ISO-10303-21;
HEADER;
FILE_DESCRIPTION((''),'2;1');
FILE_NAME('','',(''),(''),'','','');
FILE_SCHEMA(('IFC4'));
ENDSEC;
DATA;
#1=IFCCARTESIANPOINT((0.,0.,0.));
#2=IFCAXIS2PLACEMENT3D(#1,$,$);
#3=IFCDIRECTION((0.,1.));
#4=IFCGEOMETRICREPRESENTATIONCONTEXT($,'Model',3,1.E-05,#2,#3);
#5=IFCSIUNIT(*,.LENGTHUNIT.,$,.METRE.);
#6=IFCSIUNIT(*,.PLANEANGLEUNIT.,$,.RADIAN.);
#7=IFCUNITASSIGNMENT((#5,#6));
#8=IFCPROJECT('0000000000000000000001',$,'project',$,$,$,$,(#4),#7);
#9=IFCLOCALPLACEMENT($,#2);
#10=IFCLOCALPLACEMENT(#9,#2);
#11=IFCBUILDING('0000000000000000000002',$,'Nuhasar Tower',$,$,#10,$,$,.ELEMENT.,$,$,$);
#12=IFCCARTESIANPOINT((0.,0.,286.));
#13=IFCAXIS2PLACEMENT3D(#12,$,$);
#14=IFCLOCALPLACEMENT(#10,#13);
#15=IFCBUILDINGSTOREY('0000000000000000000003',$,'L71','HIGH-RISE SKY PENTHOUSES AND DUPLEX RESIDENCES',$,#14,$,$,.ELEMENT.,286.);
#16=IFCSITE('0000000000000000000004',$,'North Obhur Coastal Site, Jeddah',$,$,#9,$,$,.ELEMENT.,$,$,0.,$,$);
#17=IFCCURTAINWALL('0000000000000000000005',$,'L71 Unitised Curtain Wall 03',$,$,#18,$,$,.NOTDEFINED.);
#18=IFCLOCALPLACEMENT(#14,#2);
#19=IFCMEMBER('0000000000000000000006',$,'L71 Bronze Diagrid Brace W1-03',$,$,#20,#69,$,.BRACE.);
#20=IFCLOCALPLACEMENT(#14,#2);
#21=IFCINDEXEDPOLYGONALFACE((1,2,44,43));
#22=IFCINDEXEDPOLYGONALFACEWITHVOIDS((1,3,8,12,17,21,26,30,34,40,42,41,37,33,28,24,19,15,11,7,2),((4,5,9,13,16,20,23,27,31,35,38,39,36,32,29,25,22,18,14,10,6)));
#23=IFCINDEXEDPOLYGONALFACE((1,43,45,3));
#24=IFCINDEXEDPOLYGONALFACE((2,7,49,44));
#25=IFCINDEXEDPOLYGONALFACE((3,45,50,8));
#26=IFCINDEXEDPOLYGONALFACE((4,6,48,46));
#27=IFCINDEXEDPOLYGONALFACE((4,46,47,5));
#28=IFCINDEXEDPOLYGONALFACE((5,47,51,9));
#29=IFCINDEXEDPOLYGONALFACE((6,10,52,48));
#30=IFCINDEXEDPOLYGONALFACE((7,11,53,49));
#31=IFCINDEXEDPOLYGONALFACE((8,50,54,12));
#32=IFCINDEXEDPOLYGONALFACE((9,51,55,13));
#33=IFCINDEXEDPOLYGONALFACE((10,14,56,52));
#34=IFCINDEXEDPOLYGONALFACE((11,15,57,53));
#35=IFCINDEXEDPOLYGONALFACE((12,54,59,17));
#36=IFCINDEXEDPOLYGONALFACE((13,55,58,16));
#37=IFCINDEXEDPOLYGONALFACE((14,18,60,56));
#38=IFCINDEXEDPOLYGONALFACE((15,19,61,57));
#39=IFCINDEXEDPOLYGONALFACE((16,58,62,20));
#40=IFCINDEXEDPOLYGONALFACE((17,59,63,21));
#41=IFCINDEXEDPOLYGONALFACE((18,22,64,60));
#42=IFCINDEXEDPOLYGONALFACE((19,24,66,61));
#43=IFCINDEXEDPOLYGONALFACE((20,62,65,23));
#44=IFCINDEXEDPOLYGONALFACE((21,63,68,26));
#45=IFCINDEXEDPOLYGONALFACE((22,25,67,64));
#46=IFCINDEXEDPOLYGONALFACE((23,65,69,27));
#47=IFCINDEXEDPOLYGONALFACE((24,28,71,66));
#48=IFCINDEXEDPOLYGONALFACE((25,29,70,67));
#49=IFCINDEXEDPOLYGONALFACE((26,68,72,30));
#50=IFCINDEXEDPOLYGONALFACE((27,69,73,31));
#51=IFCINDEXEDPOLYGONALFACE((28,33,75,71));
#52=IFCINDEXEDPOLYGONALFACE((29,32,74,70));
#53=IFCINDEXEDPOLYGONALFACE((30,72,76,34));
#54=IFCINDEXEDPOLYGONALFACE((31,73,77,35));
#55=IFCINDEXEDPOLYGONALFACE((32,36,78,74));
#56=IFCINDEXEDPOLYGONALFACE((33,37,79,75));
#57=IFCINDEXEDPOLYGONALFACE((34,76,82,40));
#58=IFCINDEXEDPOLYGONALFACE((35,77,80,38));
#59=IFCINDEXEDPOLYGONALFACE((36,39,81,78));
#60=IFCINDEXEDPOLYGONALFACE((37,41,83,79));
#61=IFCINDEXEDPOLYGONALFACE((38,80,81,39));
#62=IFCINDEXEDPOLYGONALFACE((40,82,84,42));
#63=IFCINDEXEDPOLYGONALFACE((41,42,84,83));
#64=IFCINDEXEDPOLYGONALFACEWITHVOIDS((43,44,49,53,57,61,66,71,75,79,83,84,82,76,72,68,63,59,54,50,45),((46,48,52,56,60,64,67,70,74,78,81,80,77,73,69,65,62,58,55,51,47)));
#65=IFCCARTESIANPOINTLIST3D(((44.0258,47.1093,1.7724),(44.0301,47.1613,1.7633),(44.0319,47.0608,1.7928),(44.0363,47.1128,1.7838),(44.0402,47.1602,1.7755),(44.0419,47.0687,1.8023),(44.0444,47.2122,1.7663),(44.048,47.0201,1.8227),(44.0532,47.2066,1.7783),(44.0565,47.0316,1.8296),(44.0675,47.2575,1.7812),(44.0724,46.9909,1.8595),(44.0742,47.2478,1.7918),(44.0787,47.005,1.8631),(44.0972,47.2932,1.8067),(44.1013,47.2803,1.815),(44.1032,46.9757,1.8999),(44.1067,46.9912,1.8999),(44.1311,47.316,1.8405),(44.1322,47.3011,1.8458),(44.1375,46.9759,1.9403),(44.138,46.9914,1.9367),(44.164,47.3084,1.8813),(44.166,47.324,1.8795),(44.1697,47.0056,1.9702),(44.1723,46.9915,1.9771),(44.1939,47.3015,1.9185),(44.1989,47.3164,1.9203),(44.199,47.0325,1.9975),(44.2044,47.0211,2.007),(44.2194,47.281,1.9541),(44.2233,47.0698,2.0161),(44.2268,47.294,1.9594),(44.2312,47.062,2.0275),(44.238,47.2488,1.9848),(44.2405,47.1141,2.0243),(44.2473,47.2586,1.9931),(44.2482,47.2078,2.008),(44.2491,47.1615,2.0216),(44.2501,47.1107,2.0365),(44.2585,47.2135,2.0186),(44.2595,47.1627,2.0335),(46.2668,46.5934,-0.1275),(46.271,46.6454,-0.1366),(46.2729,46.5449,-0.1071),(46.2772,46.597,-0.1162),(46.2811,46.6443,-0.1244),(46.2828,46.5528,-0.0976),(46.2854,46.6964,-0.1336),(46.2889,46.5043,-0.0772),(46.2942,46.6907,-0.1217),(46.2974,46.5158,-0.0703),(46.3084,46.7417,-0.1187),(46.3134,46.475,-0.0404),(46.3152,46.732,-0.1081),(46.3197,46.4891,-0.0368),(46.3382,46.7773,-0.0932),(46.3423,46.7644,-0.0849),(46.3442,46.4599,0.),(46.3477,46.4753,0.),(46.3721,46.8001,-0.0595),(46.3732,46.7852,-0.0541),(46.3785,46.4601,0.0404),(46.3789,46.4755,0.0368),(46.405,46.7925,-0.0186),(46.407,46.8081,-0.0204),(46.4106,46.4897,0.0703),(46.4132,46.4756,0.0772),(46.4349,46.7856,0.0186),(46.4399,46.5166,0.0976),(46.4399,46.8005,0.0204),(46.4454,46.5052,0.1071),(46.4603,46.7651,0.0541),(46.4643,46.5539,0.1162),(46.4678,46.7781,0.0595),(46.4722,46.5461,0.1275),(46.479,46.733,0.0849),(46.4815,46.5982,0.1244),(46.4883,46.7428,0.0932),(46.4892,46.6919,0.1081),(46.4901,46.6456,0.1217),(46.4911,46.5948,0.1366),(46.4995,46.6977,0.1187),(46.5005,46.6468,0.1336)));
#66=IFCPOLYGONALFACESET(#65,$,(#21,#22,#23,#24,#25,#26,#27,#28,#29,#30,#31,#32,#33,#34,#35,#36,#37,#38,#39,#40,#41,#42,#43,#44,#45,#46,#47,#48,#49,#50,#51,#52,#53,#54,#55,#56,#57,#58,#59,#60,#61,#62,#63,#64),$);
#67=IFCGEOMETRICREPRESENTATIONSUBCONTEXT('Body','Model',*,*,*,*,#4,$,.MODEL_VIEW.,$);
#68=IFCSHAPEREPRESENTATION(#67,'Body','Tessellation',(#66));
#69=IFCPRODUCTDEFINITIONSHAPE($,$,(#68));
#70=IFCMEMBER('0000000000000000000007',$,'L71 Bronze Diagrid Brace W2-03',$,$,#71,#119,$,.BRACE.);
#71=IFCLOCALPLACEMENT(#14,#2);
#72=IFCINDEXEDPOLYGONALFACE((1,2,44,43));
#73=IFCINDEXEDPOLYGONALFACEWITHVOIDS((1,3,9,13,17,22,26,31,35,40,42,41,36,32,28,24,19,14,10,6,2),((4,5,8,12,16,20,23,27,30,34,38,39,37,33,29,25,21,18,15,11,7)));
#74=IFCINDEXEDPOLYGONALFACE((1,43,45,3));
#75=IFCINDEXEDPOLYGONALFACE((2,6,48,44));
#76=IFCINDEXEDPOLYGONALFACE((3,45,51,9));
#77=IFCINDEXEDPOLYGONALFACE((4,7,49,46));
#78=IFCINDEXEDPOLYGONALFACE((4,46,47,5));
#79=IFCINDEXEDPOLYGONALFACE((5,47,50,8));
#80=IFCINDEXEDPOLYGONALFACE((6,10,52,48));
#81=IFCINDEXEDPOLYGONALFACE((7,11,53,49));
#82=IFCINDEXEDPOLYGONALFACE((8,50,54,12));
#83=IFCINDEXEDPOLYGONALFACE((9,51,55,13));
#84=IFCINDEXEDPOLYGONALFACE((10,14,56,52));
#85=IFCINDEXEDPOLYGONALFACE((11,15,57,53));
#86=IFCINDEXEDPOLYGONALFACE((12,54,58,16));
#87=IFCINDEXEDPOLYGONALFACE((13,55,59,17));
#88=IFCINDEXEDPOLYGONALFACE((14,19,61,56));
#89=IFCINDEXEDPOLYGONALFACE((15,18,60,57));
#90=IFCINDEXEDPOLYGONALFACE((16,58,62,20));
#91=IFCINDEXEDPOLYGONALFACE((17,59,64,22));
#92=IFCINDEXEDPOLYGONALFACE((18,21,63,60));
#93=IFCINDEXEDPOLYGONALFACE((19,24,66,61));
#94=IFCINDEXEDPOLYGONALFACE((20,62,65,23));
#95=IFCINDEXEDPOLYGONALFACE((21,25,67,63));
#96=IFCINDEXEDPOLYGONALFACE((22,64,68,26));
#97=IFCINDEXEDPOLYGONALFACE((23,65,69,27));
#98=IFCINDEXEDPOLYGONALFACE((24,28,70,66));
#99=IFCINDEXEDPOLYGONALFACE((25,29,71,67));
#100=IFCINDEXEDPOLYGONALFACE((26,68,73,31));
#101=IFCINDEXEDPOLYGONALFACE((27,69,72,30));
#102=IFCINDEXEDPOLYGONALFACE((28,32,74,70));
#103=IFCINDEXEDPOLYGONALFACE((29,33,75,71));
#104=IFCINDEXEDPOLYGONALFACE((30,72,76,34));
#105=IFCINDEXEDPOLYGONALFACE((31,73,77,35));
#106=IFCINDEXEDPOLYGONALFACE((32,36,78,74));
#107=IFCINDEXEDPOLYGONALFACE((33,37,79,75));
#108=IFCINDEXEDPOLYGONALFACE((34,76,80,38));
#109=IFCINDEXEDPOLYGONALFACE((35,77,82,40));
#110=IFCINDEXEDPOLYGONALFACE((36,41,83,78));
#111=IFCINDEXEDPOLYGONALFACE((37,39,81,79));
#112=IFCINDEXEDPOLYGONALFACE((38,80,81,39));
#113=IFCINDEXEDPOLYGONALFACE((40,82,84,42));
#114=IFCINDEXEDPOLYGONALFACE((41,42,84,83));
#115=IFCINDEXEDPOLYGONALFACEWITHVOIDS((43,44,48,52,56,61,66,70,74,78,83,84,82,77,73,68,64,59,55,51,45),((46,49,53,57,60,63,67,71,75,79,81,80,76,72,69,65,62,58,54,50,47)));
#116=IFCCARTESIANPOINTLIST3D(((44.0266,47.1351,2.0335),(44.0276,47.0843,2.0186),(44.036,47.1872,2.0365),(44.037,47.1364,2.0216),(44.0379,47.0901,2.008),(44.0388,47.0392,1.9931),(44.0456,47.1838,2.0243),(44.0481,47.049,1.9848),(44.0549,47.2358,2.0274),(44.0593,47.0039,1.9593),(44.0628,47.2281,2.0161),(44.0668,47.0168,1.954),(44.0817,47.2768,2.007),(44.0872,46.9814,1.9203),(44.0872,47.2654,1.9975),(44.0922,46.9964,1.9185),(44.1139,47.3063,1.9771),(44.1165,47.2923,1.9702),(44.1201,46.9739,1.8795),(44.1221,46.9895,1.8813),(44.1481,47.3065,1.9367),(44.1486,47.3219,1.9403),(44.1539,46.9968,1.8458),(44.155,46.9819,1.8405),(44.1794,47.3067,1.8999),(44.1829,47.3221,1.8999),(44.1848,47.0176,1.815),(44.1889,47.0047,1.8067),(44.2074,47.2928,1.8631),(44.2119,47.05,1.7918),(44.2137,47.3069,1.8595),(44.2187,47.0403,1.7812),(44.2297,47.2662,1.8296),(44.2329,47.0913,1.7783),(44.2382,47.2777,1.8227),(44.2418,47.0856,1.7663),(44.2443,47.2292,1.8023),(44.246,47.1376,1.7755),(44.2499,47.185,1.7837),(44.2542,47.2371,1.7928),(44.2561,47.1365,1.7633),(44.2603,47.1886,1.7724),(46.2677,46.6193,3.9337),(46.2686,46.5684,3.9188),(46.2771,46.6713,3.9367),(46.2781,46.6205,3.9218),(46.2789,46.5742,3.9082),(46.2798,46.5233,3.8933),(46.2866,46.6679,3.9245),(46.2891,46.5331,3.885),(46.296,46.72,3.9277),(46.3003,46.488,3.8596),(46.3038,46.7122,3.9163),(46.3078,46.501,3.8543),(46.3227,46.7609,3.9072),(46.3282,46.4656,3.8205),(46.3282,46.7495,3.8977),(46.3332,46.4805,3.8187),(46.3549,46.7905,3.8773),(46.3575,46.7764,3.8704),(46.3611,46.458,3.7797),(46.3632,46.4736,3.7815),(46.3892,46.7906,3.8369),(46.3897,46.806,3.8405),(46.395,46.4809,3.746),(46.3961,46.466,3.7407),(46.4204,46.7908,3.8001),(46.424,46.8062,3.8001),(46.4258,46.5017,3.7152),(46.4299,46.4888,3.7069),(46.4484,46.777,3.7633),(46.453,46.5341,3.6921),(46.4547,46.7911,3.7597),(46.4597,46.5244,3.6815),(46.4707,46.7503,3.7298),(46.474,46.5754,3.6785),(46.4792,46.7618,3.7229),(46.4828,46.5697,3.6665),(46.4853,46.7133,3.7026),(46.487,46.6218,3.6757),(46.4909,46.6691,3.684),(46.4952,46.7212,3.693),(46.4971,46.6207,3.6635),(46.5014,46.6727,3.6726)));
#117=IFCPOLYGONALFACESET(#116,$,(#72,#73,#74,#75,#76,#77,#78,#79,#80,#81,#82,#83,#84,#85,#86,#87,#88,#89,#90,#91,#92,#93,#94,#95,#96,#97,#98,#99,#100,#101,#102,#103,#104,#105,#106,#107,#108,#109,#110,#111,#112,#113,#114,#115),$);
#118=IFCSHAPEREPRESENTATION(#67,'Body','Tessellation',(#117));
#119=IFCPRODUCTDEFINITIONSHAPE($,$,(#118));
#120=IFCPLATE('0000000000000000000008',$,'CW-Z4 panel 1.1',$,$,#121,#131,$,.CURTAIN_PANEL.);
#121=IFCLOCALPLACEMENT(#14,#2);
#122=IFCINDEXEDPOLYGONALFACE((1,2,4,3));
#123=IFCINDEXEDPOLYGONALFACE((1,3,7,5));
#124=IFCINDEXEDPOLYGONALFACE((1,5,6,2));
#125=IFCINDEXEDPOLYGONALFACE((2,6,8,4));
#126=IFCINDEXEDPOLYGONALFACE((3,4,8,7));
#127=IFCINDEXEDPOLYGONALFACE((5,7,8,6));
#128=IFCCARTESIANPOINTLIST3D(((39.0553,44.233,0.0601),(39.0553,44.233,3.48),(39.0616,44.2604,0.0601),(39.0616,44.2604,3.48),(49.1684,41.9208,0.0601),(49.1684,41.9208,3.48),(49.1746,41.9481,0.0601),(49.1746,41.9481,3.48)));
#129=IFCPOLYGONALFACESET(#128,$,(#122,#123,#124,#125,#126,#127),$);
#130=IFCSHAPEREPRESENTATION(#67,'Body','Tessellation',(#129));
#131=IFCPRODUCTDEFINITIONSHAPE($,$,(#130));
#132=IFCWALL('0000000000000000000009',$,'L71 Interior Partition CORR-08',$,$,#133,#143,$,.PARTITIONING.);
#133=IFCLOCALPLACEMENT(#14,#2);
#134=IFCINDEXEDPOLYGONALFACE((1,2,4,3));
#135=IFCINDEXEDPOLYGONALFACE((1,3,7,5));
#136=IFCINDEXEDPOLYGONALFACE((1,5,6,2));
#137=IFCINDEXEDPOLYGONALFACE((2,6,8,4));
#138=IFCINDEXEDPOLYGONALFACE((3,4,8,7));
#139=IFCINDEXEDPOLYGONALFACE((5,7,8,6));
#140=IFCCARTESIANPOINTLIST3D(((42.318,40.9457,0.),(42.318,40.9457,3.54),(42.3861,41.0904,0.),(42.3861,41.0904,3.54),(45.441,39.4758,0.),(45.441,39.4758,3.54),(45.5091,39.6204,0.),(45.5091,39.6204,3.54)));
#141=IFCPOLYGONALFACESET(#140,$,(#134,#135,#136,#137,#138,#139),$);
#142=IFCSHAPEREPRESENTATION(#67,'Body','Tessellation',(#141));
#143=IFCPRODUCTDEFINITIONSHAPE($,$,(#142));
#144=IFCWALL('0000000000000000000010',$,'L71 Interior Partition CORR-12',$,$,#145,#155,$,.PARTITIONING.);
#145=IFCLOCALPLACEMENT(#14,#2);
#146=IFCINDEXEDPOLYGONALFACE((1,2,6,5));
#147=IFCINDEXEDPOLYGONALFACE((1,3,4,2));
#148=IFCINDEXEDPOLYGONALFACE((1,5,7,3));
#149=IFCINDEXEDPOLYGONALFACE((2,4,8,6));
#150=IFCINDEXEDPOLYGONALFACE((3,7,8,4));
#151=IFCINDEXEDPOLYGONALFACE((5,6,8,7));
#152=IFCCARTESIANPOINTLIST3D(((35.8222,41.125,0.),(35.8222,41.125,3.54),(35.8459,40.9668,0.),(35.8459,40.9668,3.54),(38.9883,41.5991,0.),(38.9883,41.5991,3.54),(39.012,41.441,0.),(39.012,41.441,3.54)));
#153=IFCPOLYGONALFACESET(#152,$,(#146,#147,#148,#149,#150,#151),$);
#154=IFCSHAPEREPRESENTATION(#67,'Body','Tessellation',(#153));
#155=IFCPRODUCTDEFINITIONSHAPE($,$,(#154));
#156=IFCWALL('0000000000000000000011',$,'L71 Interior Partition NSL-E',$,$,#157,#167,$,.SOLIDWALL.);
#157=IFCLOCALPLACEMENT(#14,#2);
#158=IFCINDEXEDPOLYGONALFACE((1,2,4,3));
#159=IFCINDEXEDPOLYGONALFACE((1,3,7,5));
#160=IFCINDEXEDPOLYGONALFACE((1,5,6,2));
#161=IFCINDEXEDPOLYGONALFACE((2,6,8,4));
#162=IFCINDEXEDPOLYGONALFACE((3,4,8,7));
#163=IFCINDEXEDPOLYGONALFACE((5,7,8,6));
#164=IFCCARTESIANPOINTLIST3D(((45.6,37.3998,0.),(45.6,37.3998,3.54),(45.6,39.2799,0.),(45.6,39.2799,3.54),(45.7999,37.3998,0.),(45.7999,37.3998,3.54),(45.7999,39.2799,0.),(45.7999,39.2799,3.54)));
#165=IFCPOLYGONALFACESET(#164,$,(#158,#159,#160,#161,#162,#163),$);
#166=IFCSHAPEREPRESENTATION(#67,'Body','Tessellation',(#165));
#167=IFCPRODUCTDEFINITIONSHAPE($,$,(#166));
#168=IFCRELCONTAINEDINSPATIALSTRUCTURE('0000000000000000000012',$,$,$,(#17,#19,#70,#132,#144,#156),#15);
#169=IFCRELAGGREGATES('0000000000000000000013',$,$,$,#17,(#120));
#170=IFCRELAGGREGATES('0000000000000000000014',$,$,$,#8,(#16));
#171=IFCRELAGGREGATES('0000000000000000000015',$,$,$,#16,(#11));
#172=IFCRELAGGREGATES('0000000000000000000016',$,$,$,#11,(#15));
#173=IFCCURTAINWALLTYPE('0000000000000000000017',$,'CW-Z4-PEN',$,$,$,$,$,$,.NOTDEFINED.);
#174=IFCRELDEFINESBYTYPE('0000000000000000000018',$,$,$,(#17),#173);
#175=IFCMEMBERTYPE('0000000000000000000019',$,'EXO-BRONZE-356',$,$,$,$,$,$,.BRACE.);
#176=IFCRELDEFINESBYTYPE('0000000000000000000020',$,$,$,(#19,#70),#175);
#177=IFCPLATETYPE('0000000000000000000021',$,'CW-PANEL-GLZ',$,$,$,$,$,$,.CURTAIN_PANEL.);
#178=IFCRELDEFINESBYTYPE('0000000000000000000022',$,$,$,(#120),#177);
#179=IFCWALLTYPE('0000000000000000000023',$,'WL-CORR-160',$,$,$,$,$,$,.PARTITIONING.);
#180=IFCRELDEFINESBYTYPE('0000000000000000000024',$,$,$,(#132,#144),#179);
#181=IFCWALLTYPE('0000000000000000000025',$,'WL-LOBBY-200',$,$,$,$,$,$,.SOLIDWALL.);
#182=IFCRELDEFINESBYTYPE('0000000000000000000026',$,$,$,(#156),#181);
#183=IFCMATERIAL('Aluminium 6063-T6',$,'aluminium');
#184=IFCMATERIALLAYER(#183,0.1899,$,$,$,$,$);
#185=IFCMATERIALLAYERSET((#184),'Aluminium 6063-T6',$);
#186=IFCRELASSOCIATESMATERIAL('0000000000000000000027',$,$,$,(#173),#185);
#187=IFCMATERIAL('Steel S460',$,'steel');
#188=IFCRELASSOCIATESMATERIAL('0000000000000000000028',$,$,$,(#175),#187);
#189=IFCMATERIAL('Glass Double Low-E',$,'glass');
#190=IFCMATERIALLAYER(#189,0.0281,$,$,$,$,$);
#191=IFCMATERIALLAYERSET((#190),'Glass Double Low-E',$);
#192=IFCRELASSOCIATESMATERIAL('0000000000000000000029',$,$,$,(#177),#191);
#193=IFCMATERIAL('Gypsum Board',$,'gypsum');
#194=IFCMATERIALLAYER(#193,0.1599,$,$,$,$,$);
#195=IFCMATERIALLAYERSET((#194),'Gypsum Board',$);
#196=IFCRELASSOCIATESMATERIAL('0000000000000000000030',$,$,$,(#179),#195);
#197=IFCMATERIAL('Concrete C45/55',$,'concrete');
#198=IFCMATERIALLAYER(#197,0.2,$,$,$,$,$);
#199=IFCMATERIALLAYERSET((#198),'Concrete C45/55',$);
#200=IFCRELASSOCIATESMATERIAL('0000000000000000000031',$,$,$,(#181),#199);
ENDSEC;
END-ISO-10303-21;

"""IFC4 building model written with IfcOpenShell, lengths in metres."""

from ifc_helpers import new_model, si_unit, direction, frame, frame_2d, origin, origin_2d, place, context, subcontext, project, spatial, rectangle, hollow_circle, extrude, material, layer, layer_set, material_profile, profile_set, type_object, element, aggregate, save


model = new_model("IFC4")

# Units and contexts
model_context = context("Model", 3, precision=1e-05, world=origin(), true_north=direction((0.0, 1.0)))
body_context = subcontext(model_context, "Body", "Model", "MODEL_VIEW")
ifc_project = project(units=[si_unit("LENGTHUNIT", "METRE"), si_unit("PLANEANGLEUNIT", "RADIAN")], contexts=[model_context])

# Site, building, storey
site_placement = place(None, origin())
site = spatial("IfcSite", under=ifc_project, at=site_placement, Name="North Obhur Coastal Site, Jeddah", CompositionType="ELEMENT", RefElevation=0.0)
building_placement = place(site_placement, origin())
building = spatial("IfcBuilding", under=site, at=building_placement, Name="Nuhasar Tower", CompositionType="ELEMENT")
storey_placement = place(building_placement, frame((0.0, 0.0, 286.0)))
storey = spatial("IfcBuildingStorey", under=building, at=storey_placement, Name="L71", Description="HIGH-RISE SKY PENTHOUSES AND DUPLEX RESIDENCES", CompositionType="ELEMENT", Elevation=286.0)

# Curtain wall
ifc_material_1 = material(Name="Aluminium 6063-T6", Category="aluminium")
ifc_layer_1 = layer(ifc_material_1, 0.1899)
ifc_layer_set_1 = layer_set([ifc_layer_1], Name="Aluminium 6063-T6")
curtain_wall_type = type_object("IfcCurtainWallType", Name="CW-Z4-PEN", PredefinedType="NOTDEFINED", material=ifc_layer_set_1)
curtain_wall_1_placement = place(storey_placement, origin())
curtain_wall_1 = element("IfcCurtainWall", 1, at=curtain_wall_1_placement, inside=storey, type_object=curtain_wall_type, Name="L71 Unitised Curtain Wall 03", PredefinedType="NOTDEFINED")

# Members
ifc_material_2 = material(Name="Steel S460", Category="steel")
ifc_material_profile_1 = material_profile(ifc_material_2, hollow_circle(Radius=0.1777, WallThickness=0.0159, at=origin_2d()), Name="HSS355.6X15.9")
ifc_profile_set_1 = profile_set([ifc_material_profile_1], Name="Steel S460")
member_type_1 = type_object("IfcMemberType", Name="EXO-BRONZE-356", PredefinedType="BRACE", material=ifc_profile_set_1)
member_1_placement = place(storey_placement, frame((46.384, 46.6331, 0.0), z_axis=(-0.751272, 0.172942, 0.636932), x_axis=(-0.224332, -0.974513, 0.0)))
element("IfcMember", 2, at=member_1_placement, inside=storey, type_object=member_type_1, Name="L71 Bronze Diagrid Brace W1-03", PredefinedType="BRACE", context=body_context, shape_type="SweptSolid", body=[
    extrude(hollow_circle(Radius=0.1777, WallThickness=0.0159, at=origin_2d()), origin(), (0.0, 0.0, 1.0), 2.9829),
])
member_2_placement = place(storey_placement, frame((44.1431, 47.1489, 1.8999), z_axis=(0.751232, -0.172933, 0.63698), x_axis=(0.224332, 0.974513, 0.0)))
element("IfcMember", 3, at=member_2_placement, inside=storey, type_object=member_type_1, Name="L71 Bronze Diagrid Brace W2-03", PredefinedType="BRACE", context=body_context, shape_type="SweptSolid", body=[
    extrude(hollow_circle(Radius=0.1777, WallThickness=0.0159, at=origin_2d()), origin(), (0.0, 0.0, 1.0), 2.9832),
])

# Plate
ifc_material_3 = material(Name="Glass Double Low-E", Category="glass")
ifc_layer_2 = layer(ifc_material_3, 0.0281)
ifc_layer_set_2 = layer_set([ifc_layer_2], Name="Glass Double Low-E")
plate_type = type_object("IfcPlateType", Name="CW-PANEL-GLZ", PredefinedType="CURTAIN_PANEL", material=ifc_layer_set_2)
plate_placement = place(storey_placement, frame((44.115, 43.0906, 0.0601), z_axis=(0.0, 0.0, 1.0), x_axis=(-0.974844, 0.222889, 0.0)))
plate = element("IfcPlate", 4, at=plate_placement, type_object=plate_type, Name="CW-Z4 panel 1.1", PredefinedType="CURTAIN_PANEL", context=body_context, shape_type="SweptSolid", body=[
    extrude(rectangle(XDim=10.374, YDim=0.0281, at=origin_2d()), origin(), (0.0, 0.0, 1.0), 3.4199),
])
aggregate(curtain_wall_1, [plate])

# Wall
ifc_material_4 = material(Name="Gypsum Board", Category="gypsum")
ifc_layer_3 = layer(ifc_material_4, 0.1599)
ifc_layer_set_3 = layer_set([ifc_layer_3], Name="Gypsum Board")
wall_type_1 = type_object("IfcWallType", Name="WL-CORR-160", PredefinedType="PARTITIONING", material=ifc_layer_set_3)
wall_1_placement = place(storey_placement, frame((45.4751, 39.5481, 0.0), z_axis=(0.0, 0.0, 1.0), x_axis=(-0.904785, 0.425869, 0.0)))
element("IfcWall", 5, at=wall_1_placement, inside=storey, type_object=wall_type_1, Name="L71 Interior Partition CORR-08", PredefinedType="PARTITIONING", context=body_context, shape_type="SweptSolid", body=[
    extrude(rectangle(XDim=3.4517, YDim=0.1599, at=frame_2d((1.7258, 0.0))), origin(), (0.0, 0.0, 1.0), 3.54),
])

# Walls
wall_2_placement = place(storey_placement, frame((39.0, 41.52, 0.0), z_axis=(0.0, 0.0, 1.0), x_axis=(-0.988972, -0.148102, 0.0)))
element("IfcWall", 6, at=wall_2_placement, inside=storey, type_object=wall_type_1, Name="L71 Interior Partition CORR-12", PredefinedType="PARTITIONING", context=body_context, shape_type="SweptSolid", body=[
    extrude(rectangle(XDim=3.2014, YDim=0.1599, at=frame_2d((1.6006, 0.0))), origin(), (0.0, 0.0, 1.0), 3.54),
])
ifc_material_5 = material(Name="Concrete C45/55", Category="concrete")
ifc_layer_4 = layer(ifc_material_5, 0.2)
ifc_layer_set_4 = layer_set([ifc_layer_4], Name="Concrete C45/55")
wall_type_2 = type_object("IfcWallType", Name="WL-LOBBY-200", PredefinedType="SOLIDWALL", material=ifc_layer_set_4)
wall_3_placement = place(storey_placement, frame((45.7, 37.3999, 0.0), z_axis=(0.0, 0.0, 1.0), x_axis=(0.0, 1.0, 0.0)))
element("IfcWall", 7, at=wall_3_placement, inside=storey, type_object=wall_type_2, Name="L71 Interior Partition NSL-E", PredefinedType="SOLIDWALL", context=body_context, shape_type="SweptSolid", body=[
    extrude(rectangle(XDim=1.8801, YDim=0.2, at=frame_2d((0.9399, 0.0))), origin(), (0.0, 0.0, 1.0), 3.54),
])

save(model, "model.ifc")
